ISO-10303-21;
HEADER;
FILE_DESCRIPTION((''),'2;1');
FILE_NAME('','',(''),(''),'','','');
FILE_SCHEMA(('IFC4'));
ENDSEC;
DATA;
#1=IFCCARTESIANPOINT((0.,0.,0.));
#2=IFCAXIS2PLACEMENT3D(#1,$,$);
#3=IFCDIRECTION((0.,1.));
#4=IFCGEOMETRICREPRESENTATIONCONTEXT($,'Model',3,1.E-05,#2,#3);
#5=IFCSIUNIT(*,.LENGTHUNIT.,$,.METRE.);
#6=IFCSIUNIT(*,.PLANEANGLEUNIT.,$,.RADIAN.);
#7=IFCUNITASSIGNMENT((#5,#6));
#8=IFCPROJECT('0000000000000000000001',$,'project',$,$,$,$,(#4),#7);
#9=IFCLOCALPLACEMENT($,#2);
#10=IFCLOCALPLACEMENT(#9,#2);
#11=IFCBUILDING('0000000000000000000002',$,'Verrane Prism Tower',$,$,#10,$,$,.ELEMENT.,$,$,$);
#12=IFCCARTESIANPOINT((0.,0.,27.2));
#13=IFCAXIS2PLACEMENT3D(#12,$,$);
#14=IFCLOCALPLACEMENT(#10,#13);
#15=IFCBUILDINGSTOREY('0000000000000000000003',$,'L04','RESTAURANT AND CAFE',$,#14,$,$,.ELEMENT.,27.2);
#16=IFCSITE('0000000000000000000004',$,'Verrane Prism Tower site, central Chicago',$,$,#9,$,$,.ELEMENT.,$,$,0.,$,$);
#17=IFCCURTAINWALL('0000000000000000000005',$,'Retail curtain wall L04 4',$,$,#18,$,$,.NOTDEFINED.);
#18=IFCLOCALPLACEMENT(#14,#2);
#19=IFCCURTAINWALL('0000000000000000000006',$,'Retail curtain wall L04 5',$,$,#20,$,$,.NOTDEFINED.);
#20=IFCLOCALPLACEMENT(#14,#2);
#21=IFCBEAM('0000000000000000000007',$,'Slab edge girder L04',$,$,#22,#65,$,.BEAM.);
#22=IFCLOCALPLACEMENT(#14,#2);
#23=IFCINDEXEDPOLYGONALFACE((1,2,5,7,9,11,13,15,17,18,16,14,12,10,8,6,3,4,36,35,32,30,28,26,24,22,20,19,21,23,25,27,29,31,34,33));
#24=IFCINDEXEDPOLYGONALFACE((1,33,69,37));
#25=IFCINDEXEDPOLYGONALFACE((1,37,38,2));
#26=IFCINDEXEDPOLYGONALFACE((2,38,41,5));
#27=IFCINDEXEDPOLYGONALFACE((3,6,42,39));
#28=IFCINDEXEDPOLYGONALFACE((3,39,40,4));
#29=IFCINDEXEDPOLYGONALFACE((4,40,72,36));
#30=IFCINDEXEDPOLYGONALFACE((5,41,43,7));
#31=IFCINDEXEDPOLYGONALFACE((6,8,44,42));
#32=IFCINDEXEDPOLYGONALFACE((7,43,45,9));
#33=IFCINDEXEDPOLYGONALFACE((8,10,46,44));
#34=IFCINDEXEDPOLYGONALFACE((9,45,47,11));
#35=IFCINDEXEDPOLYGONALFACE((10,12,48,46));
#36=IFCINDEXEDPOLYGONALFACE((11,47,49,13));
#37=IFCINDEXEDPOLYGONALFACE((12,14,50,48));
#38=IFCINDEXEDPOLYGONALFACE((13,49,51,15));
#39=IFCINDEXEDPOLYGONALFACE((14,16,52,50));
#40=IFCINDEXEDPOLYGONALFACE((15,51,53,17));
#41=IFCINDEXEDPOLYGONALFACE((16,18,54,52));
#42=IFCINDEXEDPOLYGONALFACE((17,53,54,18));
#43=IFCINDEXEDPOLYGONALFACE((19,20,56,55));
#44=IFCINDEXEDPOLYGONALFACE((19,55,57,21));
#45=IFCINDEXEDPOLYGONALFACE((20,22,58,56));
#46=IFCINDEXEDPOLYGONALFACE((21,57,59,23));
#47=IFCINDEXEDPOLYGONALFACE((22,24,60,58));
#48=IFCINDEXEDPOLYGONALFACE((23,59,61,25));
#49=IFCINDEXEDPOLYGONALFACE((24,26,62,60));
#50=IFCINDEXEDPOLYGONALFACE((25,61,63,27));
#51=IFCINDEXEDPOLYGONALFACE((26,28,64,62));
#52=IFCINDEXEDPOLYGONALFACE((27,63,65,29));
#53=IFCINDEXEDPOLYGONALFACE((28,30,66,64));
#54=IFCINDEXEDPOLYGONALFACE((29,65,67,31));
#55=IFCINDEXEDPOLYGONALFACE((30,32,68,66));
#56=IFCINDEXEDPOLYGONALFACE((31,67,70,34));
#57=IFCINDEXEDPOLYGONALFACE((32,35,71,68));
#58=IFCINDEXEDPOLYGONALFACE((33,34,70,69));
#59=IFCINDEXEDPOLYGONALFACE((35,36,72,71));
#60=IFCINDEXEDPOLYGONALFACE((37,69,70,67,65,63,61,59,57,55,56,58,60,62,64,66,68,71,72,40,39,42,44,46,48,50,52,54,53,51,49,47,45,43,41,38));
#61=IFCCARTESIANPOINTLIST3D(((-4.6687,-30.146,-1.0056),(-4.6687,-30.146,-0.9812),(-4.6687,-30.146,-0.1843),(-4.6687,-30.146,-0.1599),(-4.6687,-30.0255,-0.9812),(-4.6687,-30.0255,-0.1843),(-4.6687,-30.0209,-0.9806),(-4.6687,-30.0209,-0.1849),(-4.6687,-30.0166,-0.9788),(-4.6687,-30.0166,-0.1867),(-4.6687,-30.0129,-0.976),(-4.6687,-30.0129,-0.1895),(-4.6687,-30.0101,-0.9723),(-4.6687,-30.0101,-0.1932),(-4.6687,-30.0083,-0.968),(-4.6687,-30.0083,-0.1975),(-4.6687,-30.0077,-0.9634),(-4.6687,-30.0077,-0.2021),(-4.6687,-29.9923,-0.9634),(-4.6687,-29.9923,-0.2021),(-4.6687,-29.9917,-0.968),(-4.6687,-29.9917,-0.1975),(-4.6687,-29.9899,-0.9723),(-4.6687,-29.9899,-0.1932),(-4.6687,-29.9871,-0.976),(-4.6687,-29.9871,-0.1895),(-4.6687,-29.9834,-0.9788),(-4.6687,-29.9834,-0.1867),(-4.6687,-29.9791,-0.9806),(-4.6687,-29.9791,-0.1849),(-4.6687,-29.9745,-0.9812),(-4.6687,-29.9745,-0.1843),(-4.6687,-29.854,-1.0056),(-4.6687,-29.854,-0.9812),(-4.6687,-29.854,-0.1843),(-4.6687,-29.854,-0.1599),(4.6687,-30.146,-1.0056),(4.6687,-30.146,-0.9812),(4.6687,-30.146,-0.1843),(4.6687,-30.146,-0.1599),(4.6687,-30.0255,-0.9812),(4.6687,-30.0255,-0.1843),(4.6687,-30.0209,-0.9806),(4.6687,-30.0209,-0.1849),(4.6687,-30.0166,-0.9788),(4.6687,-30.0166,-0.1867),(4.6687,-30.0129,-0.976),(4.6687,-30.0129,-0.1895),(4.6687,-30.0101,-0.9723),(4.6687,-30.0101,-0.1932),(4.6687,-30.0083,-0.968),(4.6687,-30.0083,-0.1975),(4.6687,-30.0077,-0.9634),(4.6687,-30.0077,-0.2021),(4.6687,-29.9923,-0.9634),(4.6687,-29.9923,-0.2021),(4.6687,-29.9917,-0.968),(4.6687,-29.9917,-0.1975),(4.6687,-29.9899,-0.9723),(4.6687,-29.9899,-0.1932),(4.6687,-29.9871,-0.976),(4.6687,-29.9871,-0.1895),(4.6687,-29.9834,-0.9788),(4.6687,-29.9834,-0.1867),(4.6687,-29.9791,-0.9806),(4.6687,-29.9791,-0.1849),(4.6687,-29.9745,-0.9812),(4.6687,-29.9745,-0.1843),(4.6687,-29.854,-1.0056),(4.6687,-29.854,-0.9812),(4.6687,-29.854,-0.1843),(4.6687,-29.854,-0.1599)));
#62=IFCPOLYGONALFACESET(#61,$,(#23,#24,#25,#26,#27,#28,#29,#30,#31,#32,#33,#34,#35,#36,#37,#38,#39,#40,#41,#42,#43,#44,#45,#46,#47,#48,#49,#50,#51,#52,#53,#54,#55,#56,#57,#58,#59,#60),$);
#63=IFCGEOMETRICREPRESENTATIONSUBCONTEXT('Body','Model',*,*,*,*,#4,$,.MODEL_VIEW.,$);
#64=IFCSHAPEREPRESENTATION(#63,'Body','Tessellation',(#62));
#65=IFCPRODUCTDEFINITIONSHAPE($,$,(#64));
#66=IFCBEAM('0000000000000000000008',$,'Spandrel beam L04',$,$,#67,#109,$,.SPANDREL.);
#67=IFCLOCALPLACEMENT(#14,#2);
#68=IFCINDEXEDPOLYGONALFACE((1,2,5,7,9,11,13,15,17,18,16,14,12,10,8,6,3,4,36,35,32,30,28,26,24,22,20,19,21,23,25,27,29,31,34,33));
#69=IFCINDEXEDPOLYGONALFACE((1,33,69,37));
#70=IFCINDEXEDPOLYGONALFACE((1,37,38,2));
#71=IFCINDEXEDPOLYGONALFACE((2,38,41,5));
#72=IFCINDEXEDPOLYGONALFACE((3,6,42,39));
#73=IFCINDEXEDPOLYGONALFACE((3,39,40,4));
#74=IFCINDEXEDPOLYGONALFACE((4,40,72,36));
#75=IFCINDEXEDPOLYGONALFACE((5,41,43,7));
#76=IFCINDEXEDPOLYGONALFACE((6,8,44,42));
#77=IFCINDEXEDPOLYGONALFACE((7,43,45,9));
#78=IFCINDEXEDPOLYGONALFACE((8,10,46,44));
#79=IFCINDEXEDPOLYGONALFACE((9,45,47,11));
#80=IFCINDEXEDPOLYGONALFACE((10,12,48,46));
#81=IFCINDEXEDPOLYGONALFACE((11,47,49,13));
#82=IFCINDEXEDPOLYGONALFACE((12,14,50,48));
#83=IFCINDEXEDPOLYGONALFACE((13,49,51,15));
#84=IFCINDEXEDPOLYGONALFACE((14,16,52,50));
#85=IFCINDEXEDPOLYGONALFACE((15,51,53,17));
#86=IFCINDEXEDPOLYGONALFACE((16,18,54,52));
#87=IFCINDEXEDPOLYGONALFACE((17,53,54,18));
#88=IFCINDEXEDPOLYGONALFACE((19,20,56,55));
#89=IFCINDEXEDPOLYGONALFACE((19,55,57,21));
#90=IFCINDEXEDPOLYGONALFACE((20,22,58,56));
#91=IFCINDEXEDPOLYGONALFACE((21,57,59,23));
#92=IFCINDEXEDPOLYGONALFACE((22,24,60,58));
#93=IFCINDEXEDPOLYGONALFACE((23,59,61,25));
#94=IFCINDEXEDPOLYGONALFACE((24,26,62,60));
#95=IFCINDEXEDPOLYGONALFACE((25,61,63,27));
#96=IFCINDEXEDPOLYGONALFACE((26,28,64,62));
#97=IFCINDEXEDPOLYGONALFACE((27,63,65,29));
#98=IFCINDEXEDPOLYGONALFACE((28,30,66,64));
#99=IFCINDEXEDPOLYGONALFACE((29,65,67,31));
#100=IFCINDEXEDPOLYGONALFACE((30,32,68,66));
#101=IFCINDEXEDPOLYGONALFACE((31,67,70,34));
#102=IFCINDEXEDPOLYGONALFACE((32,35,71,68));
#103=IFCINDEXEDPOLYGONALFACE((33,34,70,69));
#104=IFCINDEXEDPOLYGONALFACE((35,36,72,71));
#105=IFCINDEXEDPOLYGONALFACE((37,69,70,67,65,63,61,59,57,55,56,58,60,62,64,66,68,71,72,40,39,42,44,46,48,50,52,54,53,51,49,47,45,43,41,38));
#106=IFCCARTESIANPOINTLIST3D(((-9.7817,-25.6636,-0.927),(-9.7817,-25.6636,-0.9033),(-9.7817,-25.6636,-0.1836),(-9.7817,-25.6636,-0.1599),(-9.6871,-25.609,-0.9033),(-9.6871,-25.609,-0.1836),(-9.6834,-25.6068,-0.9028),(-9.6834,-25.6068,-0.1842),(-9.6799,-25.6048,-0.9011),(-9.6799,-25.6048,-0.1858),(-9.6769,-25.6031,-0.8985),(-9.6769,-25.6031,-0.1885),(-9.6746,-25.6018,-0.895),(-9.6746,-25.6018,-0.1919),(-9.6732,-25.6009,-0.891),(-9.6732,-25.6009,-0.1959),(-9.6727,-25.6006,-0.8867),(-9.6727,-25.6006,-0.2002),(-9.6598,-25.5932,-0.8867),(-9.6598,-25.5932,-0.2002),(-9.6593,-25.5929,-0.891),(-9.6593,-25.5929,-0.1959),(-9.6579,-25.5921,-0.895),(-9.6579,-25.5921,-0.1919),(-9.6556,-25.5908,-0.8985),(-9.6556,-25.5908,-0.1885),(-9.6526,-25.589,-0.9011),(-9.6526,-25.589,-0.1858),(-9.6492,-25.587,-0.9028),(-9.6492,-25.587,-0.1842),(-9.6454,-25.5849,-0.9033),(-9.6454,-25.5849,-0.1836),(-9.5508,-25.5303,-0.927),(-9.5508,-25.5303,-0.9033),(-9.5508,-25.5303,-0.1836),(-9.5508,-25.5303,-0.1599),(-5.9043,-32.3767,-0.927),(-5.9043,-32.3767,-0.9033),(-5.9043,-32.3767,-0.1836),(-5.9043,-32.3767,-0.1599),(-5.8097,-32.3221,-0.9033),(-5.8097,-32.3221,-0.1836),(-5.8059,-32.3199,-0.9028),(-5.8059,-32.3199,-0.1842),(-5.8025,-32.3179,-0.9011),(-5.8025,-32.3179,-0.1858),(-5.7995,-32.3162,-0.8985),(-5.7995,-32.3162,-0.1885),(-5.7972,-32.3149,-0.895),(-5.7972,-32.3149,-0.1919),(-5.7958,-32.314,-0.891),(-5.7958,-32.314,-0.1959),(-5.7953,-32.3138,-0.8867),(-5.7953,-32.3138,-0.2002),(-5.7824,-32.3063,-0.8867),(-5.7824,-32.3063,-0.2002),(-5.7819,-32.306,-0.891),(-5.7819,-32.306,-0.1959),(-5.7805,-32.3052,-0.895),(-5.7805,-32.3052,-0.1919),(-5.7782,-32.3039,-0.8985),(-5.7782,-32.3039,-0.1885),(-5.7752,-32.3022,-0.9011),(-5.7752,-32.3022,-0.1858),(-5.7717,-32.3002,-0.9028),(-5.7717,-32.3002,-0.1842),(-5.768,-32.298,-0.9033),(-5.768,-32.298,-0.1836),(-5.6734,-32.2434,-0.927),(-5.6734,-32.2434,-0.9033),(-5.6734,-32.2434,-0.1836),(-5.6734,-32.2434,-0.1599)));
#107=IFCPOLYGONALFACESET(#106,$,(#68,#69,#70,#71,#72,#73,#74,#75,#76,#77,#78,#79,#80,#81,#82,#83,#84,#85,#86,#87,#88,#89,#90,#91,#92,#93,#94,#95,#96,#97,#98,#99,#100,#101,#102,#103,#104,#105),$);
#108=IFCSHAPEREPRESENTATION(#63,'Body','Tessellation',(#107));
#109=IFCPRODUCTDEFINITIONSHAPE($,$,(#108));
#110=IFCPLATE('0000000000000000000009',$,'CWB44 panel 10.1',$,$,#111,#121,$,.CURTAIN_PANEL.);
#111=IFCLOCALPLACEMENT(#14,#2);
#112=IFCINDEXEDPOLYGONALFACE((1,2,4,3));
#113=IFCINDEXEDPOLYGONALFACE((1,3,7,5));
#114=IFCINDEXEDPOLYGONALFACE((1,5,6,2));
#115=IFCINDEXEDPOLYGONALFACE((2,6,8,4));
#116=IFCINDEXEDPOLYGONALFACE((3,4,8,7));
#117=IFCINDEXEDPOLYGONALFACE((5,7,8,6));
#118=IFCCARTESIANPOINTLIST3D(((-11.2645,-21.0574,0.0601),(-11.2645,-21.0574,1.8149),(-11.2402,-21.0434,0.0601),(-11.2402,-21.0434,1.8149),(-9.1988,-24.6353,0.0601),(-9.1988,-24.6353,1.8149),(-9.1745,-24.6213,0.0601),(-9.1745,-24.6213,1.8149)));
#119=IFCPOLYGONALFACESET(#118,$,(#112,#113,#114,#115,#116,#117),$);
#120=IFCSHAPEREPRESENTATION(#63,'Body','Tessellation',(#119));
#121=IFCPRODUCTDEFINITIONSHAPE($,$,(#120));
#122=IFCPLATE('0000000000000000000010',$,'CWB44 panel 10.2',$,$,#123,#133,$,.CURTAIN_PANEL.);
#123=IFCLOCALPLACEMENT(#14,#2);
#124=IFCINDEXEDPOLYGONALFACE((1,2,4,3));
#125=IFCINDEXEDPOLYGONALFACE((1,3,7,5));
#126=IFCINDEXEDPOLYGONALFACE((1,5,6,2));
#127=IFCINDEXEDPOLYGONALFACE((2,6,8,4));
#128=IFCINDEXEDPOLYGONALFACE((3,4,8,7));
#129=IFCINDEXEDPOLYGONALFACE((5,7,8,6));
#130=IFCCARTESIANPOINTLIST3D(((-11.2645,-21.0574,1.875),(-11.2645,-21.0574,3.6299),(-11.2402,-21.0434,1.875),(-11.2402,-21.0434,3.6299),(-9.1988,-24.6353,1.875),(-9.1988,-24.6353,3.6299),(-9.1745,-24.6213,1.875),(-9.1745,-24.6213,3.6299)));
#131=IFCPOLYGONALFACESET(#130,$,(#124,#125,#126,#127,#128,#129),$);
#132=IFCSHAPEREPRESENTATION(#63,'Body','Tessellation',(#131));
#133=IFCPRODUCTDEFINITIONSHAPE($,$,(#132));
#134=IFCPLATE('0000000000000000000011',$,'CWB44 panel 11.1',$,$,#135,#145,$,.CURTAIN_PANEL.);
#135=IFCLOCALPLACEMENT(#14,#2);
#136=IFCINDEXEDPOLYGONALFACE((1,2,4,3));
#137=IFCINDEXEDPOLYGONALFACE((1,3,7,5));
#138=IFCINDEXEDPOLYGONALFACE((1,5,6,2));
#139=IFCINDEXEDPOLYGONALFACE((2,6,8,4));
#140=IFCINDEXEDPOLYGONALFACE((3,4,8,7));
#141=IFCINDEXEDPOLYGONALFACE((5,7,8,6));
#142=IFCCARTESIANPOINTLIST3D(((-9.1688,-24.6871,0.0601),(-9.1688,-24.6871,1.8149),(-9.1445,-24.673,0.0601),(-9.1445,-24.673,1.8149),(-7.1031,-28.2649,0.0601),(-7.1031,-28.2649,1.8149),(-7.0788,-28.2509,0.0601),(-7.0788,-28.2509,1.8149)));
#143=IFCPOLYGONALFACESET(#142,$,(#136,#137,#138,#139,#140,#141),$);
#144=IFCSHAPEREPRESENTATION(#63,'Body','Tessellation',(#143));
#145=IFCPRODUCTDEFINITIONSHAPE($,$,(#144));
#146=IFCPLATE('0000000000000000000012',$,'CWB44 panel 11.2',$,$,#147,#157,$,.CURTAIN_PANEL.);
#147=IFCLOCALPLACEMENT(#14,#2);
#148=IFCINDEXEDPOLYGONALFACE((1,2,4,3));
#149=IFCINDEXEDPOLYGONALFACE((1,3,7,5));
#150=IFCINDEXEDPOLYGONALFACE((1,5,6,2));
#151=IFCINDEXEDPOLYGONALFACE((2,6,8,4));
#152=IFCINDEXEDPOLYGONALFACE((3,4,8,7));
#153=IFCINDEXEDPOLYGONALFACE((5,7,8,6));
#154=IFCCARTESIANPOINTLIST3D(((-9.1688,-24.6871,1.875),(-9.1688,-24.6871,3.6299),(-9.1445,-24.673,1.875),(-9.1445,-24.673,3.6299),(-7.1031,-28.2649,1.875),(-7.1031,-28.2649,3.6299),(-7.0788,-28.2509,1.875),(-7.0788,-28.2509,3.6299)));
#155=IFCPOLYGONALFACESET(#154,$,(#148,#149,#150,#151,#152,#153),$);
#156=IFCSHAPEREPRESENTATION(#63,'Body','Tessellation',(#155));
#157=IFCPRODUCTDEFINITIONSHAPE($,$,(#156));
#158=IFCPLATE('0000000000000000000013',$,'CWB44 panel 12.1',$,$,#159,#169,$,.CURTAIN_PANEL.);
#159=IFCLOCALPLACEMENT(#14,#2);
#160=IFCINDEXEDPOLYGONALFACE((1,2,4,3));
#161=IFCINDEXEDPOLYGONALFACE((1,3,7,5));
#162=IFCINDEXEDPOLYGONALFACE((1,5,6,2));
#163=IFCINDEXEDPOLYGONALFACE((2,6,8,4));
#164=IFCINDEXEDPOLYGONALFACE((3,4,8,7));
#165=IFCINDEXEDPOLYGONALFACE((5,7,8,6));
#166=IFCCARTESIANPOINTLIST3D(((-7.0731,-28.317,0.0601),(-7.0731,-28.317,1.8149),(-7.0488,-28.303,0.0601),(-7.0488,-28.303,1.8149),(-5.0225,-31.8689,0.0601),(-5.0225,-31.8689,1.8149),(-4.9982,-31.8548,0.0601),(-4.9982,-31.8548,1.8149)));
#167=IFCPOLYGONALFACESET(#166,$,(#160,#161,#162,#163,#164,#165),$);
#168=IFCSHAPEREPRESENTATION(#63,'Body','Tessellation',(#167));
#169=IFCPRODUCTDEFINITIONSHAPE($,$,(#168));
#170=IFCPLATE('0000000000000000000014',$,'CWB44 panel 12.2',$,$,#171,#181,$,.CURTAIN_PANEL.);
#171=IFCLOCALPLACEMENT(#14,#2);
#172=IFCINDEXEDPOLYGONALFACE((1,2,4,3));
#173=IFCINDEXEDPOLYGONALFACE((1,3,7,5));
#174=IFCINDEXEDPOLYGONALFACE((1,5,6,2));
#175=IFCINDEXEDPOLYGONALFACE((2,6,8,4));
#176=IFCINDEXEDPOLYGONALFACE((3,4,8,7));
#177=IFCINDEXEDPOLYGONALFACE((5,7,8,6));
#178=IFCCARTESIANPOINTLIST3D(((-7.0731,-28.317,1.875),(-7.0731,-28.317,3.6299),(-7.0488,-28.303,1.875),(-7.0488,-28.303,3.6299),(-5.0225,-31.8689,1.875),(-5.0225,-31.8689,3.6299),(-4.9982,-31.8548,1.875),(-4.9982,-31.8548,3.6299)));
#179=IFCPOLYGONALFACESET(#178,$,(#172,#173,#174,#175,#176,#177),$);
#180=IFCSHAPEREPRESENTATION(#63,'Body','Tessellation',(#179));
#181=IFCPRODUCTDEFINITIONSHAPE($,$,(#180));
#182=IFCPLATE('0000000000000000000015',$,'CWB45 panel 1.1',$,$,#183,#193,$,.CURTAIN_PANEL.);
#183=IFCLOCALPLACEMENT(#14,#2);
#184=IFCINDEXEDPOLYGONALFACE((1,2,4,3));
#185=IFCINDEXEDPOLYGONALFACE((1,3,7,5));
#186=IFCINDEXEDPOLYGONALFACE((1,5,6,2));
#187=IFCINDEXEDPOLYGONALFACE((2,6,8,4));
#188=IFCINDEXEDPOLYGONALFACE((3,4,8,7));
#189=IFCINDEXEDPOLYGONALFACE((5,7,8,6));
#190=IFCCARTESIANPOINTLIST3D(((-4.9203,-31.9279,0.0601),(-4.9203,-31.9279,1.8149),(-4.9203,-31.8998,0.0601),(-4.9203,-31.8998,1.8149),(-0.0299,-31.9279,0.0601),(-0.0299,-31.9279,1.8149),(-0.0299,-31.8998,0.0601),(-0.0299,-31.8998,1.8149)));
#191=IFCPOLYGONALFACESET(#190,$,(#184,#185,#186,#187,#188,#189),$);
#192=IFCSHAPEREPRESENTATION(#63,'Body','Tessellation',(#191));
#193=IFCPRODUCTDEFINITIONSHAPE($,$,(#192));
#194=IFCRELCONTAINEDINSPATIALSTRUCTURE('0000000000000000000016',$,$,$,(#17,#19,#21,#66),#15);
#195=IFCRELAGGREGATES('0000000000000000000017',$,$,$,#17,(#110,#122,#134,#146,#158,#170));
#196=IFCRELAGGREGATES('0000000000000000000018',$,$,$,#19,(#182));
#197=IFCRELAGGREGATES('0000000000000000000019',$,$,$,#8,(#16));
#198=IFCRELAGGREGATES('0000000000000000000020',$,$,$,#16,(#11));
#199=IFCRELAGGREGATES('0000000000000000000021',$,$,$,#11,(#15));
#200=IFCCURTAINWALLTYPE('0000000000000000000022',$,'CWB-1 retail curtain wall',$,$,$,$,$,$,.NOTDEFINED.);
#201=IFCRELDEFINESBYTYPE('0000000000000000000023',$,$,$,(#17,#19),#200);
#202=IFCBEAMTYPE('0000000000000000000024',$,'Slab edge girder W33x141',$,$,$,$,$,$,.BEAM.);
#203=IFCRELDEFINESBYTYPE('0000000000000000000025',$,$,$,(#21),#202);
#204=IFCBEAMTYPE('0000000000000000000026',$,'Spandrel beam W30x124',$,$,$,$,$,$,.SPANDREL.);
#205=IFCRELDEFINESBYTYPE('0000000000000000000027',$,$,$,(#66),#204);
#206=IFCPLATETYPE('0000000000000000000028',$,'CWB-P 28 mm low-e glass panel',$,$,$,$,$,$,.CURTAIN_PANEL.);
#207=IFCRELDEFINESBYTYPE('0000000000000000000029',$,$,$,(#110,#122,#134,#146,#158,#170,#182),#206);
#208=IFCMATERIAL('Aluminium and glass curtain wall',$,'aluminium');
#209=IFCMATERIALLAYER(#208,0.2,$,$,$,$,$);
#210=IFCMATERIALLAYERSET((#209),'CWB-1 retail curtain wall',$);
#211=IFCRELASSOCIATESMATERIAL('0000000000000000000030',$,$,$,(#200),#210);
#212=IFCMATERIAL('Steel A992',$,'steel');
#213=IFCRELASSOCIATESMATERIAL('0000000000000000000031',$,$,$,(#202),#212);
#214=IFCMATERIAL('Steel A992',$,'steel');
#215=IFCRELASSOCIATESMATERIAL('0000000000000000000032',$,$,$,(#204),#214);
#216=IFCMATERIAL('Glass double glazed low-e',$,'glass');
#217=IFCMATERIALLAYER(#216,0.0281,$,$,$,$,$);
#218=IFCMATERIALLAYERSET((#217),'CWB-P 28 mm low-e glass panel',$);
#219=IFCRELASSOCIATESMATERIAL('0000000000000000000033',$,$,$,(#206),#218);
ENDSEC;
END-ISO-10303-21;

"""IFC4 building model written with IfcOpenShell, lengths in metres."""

from ifc_helpers import new_model, si_unit, direction, frame, origin, origin_2d, place, context, subcontext, project, spatial, rectangle, i_section, extrude, material, layer, layer_set, material_profile, profile_set, type_object, element, aggregate, save


model = new_model("IFC4")

# Units and contexts
model_context = context("Model", 3, precision=1e-05, world=origin(), true_north=direction((0.0, 1.0)))
body_context = subcontext(model_context, "Body", "Model", "MODEL_VIEW")
ifc_project = project(units=[si_unit("LENGTHUNIT", "METRE"), si_unit("PLANEANGLEUNIT", "RADIAN")], contexts=[model_context])

# Site, building, storey
site_placement = place(None, origin())
site = spatial("IfcSite", under=ifc_project, at=site_placement, Name="Verrane Prism Tower site, central Chicago", CompositionType="ELEMENT", RefElevation=0.0)
building_placement = place(site_placement, origin())
building = spatial("IfcBuilding", under=site, at=building_placement, Name="Verrane Prism Tower", CompositionType="ELEMENT")
storey_placement = place(building_placement, frame((0.0, 0.0, 27.2)))
storey = spatial("IfcBuildingStorey", under=building, at=storey_placement, Name="L04", Description="RESTAURANT AND CAFE", CompositionType="ELEMENT", Elevation=27.2)

# Curtain wall
ifc_material_1 = material(Name="Aluminium and glass curtain wall", Category="aluminium")
ifc_layer_1 = layer(ifc_material_1, 0.2)
ifc_layer_set_1 = layer_set([ifc_layer_1], Name="CWB-1 retail curtain wall")
curtain_wall_type = type_object("IfcCurtainWallType", Name="CWB-1 retail curtain wall", PredefinedType="NOTDEFINED", material=ifc_layer_set_1)
curtain_wall_1_placement = place(storey_placement, origin())
curtain_wall_1 = element("IfcCurtainWall", 1, at=curtain_wall_1_placement, inside=storey, type_object=curtain_wall_type, Name="Retail curtain wall L04 4", PredefinedType="NOTDEFINED")

# Curtain wall
curtain_wall_2_placement = place(storey_placement, origin())
curtain_wall_2 = element("IfcCurtainWall", 2, at=curtain_wall_2_placement, inside=storey, type_object=curtain_wall_type, Name="Retail curtain wall L04 5", PredefinedType="NOTDEFINED")

# Beams
ifc_material_2 = material(Name="Steel A992", Category="steel")
ifc_material_profile_1 = material_profile(ifc_material_2, i_section(OverallWidth=0.292, OverallDepth=0.8457, WebThickness=0.0154, FlangeThickness=0.0244, FilletRadius=0.0178, at=origin_2d()), Name="W33x141")
ifc_profile_set_1 = profile_set([ifc_material_profile_1], Name="Steel A992")
beam_type_1 = type_object("IfcBeamType", Name="Slab edge girder W33x141", PredefinedType="BEAM", material=ifc_profile_set_1)
beam_1_placement = place(storey_placement, frame((-4.6687, -30.0, -0.5828), z_axis=(1.0, 0.0, 0.0), x_axis=(0.0, 1.0, 0.0)))
element("IfcBeam", 3, at=beam_1_placement, inside=storey, type_object=beam_type_1, Name="Slab edge girder L04", PredefinedType="BEAM", context=body_context, shape_type="SweptSolid", body=[
    extrude(i_section(OverallWidth=0.292, OverallDepth=0.8457, WebThickness=0.0154, FlangeThickness=0.0244, FilletRadius=0.0178, at=origin_2d()), origin(), (0.0, 0.0, 1.0), 9.3374),
])
ifc_material_3 = material(Name="Steel A992", Category="steel")
ifc_material_profile_2 = material_profile(ifc_material_3, i_section(OverallWidth=0.2666, OverallDepth=0.7671, WebThickness=0.0149, FlangeThickness=0.0237, FilletRadius=0.0166, at=origin_2d()), Name="W30x124")
ifc_profile_set_2 = profile_set([ifc_material_profile_2], Name="Steel A992")
beam_type_2 = type_object("IfcBeamType", Name="Spandrel beam W30x124", PredefinedType="SPANDREL", material=ifc_profile_set_2)
beam_2_placement = place(storey_placement, frame((-9.6663, -25.5969, -0.5435), z_axis=(0.500156, -0.865935, 0.0), x_axis=(0.865935, 0.500156, 0.0)))
element("IfcBeam", 4, at=beam_2_placement, inside=storey, type_object=beam_type_2, Name="Spandrel beam L04", PredefinedType="SPANDREL", context=body_context, shape_type="SweptSolid", body=[
    extrude(i_section(OverallWidth=0.2666, OverallDepth=0.7671, WebThickness=0.0149, FlangeThickness=0.0237, FilletRadius=0.0166, at=origin_2d()), origin(), (0.0, 0.0, 1.0), 7.7524),
])

# Plates
ifc_material_4 = material(Name="Glass double glazed low-e", Category="glass")
ifc_layer_2 = layer(ifc_material_4, 0.0281)
ifc_layer_set_2 = layer_set([ifc_layer_2], Name="CWB-P 28 mm low-e glass panel")
plate_type = type_object("IfcPlateType", Name="CWB-P 28 mm low-e glass panel", PredefinedType="CURTAIN_PANEL", material=ifc_layer_set_2)
plate_1_placement = place(storey_placement, frame((-10.2195, -22.8394, 0.0601), z_axis=(0.0, 0.0, 1.0), x_axis=(0.5, -0.866025, 0.0)))
plate_1 = element("IfcPlate", 5, at=plate_1_placement, type_object=plate_type, Name="CWB44 panel 10.1", PredefinedType="CURTAIN_PANEL", context=body_context, shape_type="SweptSolid", body=[
    extrude(rectangle(XDim=4.1313, YDim=0.0281, at=origin_2d()), origin(), (0.0, 0.0, 1.0), 1.7549),
])
plate_2_placement = place(storey_placement, frame((-10.2195, -22.8394, 1.875), z_axis=(0.0, 0.0, 1.0), x_axis=(0.5, -0.866025, 0.0)))
plate_2 = element("IfcPlate", 6, at=plate_2_placement, type_object=plate_type, Name="CWB44 panel 10.2", PredefinedType="CURTAIN_PANEL", context=body_context, shape_type="SweptSolid", body=[
    extrude(rectangle(XDim=4.1313, YDim=0.0281, at=origin_2d()), origin(), (0.0, 0.0, 1.0), 1.7549),
])
plate_3_placement = place(storey_placement, frame((-8.1238, -26.469, 0.0601), z_axis=(0.0, 0.0, 1.0), x_axis=(0.5, -0.866025, 0.0)))
plate_3 = element("IfcPlate", 7, at=plate_3_placement, type_object=plate_type, Name="CWB44 panel 11.1", PredefinedType="CURTAIN_PANEL", context=body_context, shape_type="SweptSolid", body=[
    extrude(rectangle(XDim=4.1313, YDim=0.0281, at=origin_2d()), origin(), (0.0, 0.0, 1.0), 1.7549),
])
plate_4_placement = place(storey_placement, frame((-8.1238, -26.469, 1.875), z_axis=(0.0, 0.0, 1.0), x_axis=(0.5, -0.866025, 0.0)))
plate_4 = element("IfcPlate", 8, at=plate_4_placement, type_object=plate_type, Name="CWB44 panel 11.2", PredefinedType="CURTAIN_PANEL", context=body_context, shape_type="SweptSolid", body=[
    extrude(rectangle(XDim=4.1313, YDim=0.0281, at=origin_2d()), origin(), (0.0, 0.0, 1.0), 1.7549),
])
plate_5_placement = place(storey_placement, frame((-6.0356, -30.0859, 0.0601), z_axis=(0.0, 0.0, 1.0), x_axis=(0.5, -0.866025, 0.0)))
plate_5 = element("IfcPlate", 9, at=plate_5_placement, type_object=plate_type, Name="CWB44 panel 12.1", PredefinedType="CURTAIN_PANEL", context=body_context, shape_type="SweptSolid", body=[
    extrude(rectangle(XDim=4.1013, YDim=0.0281, at=origin_2d()), origin(), (0.0, 0.0, 1.0), 1.7549),
])
plate_6_placement = place(storey_placement, frame((-6.0356, -30.0859, 1.875), z_axis=(0.0, 0.0, 1.0), x_axis=(0.5, -0.866025, 0.0)))
plate_6 = element("IfcPlate", 10, at=plate_6_placement, type_object=plate_type, Name="CWB44 panel 12.2", PredefinedType="CURTAIN_PANEL", context=body_context, shape_type="SweptSolid", body=[
    extrude(rectangle(XDim=4.1013, YDim=0.0281, at=origin_2d()), origin(), (0.0, 0.0, 1.0), 1.7549),
])
aggregate(curtain_wall_1, [plate_1, plate_2, plate_3, plate_4, plate_5, plate_6])
plate_7_placement = place(storey_placement, frame((-2.4751, -31.9138, 0.0601), z_axis=(0.0, 0.0, 1.0), x_axis=(1.0, 0.0, 0.0)))
plate_7 = element("IfcPlate", 11, at=plate_7_placement, type_object=plate_type, Name="CWB45 panel 1.1", PredefinedType="CURTAIN_PANEL", context=body_context, shape_type="SweptSolid", body=[
    extrude(rectangle(XDim=4.8904, YDim=0.0281, at=origin_2d()), origin(), (0.0, 0.0, 1.0), 1.7549),
])
aggregate(curtain_wall_2, [plate_7])

save(model, "model.ifc")
